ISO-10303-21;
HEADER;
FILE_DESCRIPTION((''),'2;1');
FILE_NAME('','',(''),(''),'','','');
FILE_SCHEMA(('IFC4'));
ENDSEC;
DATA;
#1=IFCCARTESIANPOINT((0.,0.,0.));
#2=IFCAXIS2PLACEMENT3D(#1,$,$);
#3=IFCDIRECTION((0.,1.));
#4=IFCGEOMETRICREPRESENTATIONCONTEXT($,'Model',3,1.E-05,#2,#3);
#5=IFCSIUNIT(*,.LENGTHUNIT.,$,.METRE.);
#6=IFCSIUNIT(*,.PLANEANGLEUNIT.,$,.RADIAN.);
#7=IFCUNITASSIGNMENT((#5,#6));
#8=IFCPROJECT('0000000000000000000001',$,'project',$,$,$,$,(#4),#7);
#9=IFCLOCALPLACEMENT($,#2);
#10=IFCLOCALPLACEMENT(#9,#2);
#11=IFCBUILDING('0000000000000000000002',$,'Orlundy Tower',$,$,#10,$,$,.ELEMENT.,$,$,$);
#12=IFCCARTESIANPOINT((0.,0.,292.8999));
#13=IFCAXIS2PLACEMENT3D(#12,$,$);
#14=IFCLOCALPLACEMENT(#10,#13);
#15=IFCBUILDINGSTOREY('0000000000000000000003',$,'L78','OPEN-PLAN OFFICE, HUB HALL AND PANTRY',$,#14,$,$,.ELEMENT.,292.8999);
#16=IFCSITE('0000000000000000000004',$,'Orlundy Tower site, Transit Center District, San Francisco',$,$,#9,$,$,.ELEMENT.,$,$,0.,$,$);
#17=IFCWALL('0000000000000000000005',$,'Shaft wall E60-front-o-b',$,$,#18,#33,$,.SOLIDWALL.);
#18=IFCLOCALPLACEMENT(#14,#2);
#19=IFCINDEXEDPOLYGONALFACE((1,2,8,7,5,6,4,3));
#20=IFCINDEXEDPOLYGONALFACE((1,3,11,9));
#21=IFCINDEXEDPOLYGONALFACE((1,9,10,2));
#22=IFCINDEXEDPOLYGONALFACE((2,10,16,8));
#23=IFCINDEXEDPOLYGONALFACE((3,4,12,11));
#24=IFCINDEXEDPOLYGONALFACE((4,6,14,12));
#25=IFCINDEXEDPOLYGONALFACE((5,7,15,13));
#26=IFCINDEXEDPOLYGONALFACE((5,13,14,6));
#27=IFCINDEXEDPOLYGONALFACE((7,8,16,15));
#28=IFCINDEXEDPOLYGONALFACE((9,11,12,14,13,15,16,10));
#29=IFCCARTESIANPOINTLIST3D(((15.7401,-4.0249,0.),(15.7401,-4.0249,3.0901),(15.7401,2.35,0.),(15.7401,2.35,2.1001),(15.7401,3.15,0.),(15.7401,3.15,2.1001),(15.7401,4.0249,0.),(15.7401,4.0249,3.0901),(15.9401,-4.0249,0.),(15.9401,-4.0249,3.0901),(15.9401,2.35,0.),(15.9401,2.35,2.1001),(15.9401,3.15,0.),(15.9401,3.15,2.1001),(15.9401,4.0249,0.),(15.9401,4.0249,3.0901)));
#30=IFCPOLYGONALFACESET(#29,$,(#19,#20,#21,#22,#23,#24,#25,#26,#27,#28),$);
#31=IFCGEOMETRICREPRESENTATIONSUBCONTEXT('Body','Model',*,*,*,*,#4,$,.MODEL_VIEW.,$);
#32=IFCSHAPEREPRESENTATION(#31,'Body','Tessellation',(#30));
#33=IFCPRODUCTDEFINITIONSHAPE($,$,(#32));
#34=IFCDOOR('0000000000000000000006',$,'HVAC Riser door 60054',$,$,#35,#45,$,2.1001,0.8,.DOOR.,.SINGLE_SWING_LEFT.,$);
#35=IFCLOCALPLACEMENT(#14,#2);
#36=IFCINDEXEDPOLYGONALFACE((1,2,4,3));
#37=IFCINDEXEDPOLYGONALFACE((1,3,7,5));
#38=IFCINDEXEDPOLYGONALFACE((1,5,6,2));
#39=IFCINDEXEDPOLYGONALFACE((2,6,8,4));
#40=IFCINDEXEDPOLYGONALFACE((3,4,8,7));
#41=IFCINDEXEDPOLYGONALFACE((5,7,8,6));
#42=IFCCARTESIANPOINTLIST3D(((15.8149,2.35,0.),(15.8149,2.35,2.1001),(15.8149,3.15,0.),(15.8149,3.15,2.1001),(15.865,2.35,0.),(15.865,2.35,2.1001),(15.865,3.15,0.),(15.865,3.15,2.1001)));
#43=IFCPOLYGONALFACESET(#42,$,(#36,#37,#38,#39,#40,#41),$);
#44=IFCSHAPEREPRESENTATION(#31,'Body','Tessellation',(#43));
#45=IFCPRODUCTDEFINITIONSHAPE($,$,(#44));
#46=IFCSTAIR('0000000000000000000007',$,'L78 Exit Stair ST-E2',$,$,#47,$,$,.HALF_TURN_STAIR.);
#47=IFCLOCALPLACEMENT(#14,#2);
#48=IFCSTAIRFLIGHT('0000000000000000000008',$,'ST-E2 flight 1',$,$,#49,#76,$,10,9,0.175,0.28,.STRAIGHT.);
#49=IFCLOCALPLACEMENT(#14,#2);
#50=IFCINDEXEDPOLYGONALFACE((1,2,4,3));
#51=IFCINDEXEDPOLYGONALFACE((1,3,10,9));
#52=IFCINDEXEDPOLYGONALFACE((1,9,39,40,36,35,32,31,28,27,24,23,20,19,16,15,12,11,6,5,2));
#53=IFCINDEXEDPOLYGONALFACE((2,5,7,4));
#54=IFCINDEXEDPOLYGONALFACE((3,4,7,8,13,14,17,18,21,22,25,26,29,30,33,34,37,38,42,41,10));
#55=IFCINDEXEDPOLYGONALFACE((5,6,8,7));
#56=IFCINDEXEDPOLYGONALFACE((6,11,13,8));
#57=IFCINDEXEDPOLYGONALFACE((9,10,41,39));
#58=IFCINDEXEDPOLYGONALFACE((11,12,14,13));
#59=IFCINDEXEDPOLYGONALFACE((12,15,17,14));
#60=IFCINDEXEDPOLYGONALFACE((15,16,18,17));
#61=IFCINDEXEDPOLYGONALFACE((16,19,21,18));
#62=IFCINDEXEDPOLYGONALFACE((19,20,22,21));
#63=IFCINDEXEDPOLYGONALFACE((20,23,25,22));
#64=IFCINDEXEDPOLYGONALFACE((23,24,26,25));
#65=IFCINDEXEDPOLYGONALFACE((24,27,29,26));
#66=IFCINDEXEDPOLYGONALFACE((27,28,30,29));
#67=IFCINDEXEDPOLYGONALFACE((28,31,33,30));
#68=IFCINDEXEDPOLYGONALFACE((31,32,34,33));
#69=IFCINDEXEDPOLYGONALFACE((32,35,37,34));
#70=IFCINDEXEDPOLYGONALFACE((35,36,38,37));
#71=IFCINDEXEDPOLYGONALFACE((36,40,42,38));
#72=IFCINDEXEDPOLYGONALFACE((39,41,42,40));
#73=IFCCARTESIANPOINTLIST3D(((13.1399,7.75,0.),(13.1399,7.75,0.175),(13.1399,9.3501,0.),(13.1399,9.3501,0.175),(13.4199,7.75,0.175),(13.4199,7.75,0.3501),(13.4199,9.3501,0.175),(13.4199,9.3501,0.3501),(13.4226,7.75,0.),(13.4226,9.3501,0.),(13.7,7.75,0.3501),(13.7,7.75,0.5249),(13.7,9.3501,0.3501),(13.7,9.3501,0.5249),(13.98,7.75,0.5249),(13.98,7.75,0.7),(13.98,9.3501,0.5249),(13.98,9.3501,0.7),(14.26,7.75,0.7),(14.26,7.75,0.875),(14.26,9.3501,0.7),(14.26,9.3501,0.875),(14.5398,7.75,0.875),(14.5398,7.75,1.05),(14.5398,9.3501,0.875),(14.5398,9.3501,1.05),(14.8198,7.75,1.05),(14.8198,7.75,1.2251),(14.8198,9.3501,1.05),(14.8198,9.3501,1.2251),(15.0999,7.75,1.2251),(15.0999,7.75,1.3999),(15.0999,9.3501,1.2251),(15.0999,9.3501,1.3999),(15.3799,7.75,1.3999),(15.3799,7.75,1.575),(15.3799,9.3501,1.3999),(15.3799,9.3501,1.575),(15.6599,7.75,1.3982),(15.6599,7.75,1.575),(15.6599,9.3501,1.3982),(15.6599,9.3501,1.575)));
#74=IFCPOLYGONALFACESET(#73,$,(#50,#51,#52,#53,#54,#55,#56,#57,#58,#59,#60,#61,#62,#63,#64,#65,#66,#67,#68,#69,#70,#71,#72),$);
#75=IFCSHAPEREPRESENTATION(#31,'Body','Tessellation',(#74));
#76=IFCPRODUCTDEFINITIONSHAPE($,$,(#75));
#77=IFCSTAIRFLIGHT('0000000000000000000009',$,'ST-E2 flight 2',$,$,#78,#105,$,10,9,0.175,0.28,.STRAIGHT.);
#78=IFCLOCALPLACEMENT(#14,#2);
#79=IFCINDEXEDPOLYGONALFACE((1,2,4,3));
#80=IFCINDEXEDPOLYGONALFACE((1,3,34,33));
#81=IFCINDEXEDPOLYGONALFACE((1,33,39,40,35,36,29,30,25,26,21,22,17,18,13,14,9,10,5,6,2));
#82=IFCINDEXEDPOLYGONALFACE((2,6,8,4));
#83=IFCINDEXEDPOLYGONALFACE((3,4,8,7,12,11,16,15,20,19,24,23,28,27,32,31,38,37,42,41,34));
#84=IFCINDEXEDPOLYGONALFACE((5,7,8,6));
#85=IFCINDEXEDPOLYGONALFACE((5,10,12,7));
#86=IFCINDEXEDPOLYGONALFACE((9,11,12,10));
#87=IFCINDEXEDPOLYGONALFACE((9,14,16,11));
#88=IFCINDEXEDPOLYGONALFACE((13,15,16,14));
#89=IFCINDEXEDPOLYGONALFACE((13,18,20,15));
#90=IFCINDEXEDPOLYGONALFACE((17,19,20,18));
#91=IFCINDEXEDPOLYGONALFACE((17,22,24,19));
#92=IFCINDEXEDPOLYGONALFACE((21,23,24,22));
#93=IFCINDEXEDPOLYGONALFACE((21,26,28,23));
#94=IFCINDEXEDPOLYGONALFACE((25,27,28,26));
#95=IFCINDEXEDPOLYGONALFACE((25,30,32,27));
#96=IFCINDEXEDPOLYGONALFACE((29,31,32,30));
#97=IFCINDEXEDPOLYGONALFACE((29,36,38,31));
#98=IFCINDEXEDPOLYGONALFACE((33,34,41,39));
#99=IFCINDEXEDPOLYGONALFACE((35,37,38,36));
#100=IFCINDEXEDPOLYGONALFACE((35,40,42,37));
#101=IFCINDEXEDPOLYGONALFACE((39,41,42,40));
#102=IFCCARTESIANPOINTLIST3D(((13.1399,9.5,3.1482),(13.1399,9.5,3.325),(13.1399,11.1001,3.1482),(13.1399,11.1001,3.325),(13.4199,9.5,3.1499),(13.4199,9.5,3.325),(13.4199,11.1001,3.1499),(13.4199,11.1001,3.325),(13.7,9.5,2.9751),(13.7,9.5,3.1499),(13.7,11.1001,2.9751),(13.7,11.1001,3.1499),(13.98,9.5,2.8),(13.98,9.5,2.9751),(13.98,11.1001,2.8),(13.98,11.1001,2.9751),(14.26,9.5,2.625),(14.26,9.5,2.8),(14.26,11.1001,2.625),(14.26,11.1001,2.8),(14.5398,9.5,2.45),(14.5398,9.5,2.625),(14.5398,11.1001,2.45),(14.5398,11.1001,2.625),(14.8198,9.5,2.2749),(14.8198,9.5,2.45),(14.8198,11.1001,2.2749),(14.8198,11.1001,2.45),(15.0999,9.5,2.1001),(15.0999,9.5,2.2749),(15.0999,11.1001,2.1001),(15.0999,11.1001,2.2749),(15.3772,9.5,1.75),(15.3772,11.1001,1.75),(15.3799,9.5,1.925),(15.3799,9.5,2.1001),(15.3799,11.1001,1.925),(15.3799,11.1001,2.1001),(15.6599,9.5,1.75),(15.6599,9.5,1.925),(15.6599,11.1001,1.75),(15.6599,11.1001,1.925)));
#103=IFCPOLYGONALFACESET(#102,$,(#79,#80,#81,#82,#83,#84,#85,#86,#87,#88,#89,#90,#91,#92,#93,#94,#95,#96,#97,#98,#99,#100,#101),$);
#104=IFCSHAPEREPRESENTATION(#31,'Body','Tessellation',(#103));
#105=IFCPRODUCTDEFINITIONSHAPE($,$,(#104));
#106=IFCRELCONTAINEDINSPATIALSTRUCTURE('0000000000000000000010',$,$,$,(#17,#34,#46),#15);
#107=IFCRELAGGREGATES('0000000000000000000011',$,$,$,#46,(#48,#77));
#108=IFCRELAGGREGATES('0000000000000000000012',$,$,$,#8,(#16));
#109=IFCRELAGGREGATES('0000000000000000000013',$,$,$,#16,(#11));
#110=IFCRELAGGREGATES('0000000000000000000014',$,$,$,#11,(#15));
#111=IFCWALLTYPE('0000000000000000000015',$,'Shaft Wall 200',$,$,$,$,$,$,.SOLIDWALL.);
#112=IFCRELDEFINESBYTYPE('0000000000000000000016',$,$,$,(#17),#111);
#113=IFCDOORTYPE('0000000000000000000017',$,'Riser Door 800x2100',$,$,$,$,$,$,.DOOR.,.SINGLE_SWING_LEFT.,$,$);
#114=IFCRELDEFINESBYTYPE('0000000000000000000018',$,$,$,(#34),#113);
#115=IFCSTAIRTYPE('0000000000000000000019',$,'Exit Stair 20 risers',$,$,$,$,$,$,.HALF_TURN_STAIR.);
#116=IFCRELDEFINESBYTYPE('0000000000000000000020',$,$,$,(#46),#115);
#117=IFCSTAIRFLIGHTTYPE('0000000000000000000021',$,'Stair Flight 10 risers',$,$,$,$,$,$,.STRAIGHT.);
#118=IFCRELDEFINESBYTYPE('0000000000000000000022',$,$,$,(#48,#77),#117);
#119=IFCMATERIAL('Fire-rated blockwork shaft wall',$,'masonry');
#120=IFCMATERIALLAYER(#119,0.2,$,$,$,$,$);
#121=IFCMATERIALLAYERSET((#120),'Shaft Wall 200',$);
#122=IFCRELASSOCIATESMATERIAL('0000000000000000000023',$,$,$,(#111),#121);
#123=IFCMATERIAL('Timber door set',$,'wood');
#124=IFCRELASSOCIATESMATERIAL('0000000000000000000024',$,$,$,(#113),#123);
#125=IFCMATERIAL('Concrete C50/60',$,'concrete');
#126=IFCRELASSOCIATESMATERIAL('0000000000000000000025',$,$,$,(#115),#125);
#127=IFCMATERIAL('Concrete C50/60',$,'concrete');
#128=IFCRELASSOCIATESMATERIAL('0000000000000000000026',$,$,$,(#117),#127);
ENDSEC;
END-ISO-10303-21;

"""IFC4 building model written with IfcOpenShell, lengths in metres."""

from ifc_helpers import new_model, si_unit, direction, frame, frame_2d, origin, place, context, subcontext, project, spatial, polyline, rectangle, outline, extrude, material, layer, layer_set, type_object, element, fill, aggregate, save


model = new_model("IFC4")

# Units and contexts
model_context = context("Model", 3, precision=1e-05, world=origin(), true_north=direction((0.0, 1.0)))
body_context = subcontext(model_context, "Body", "Model", "MODEL_VIEW")
ifc_project = project(units=[si_unit("LENGTHUNIT", "METRE"), si_unit("PLANEANGLEUNIT", "RADIAN")], contexts=[model_context])

# Site, building, storey
site_placement = place(None, origin())
site = spatial("IfcSite", under=ifc_project, at=site_placement, Name="Orlundy Tower site, Transit Center District, San Francisco", CompositionType="ELEMENT", RefElevation=0.0)
building_placement = place(site_placement, origin())
building = spatial("IfcBuilding", under=site, at=building_placement, Name="Orlundy Tower", CompositionType="ELEMENT")
storey_placement = place(building_placement, frame((0.0, 0.0, 292.8999)))
storey = spatial("IfcBuildingStorey", under=building, at=storey_placement, Name="L78", Description="OPEN-PLAN OFFICE, HUB HALL AND PANTRY", CompositionType="ELEMENT", Elevation=292.8999)

# Shared definitions
ifc_material_1 = material(Name="Fire-rated blockwork shaft wall", Category="masonry")
ifc_layer_1 = layer(ifc_material_1, 0.2)
ifc_layer_set_1 = layer_set([ifc_layer_1], Name="Shaft Wall 200")
wall_type_1 = type_object("IfcWallType", Name="Shaft Wall 200", PredefinedType="SOLIDWALL", material=ifc_layer_set_1)

# Shared definitions
ifc_material_2 = material(Name="Timber door set", Category="wood")
door_type_1 = type_object("IfcDoorType", Name="Riser Door 800x2100", OperationType="SINGLE_SWING_LEFT", PredefinedType="DOOR", material=ifc_material_2)

# Wall, opening, door
wall_1_placement = place(storey_placement, frame((15.8401, 4.0249, 0.0), z_axis=(0.0, 0.0, 1.0), x_axis=(0.0, -1.0, 0.0)))
wall_1 = element("IfcWall", 1, at=wall_1_placement, inside=storey, type_object=wall_type_1, Name="Shaft wall E60-front-o-b", PredefinedType="SOLIDWALL", context=body_context, shape_type="SweptSolid", body=[
    extrude(rectangle(XDim=8.0498, YDim=0.2, at=frame_2d((4.0249, 0.0))), origin(), (0.0, 0.0, 1.0), 3.0901),
])
opening_1_placement = place(wall_1_placement, frame((0.875, 0.0, 0.0)))
opening_1 = element("IfcOpeningElement", 2, at=opening_1_placement, cuts=wall_1, PredefinedType="OPENING", context=body_context, shape_type="SweptSolid", body=[
    extrude(rectangle(XDim=0.8, YDim=2.1001, at=frame_2d((0.3999, 1.05))), frame((0.0, 0.1101, 0.0), z_axis=(0.0, -1.0, 0.0), x_axis=(1.0, 0.0, 0.0)), (0.0, 0.0, 1.0), 0.2202),
])
door_1_placement = place(opening_1_placement, origin())
door_1 = element("IfcDoor", 3, at=door_1_placement, inside=storey, type_object=door_type_1, Name="HVAC Riser door 60054", OperationType="SINGLE_SWING_LEFT", OverallHeight=2.1001, OverallWidth=0.8, PredefinedType="DOOR", context=body_context, shape_type="SweptSolid", body=[
    extrude(rectangle(XDim=0.8, YDim=2.1001, at=frame_2d((0.3999, 1.05))), frame((0.0, 0.0249, 0.0), z_axis=(0.0, -1.0, 0.0), x_axis=(1.0, 0.0, 0.0)), (0.0, 0.0, 1.0), 0.05),
])
fill(opening_1, door_1)

# Stair, stair flights
ifc_material_3 = material(Name="Concrete C50/60", Category="concrete")
stair_type = type_object("IfcStairType", Name="Exit Stair 20 risers", PredefinedType="HALF_TURN_STAIR", material=ifc_material_3)
stair_placement = place(storey_placement, origin())
stair = element("IfcStair", 4, at=stair_placement, inside=storey, type_object=stair_type, Name="L78 Exit Stair ST-E2", PredefinedType="HALF_TURN_STAIR")
ifc_material_4 = material(Name="Concrete C50/60", Category="concrete")
stair_flight_type = type_object("IfcStairFlightType", Name="Stair Flight 10 risers", PredefinedType="STRAIGHT", material=ifc_material_4)
stair_flight_1_placement = place(storey_placement, frame((13.1399, 8.55, 0.0), z_axis=(0.0, 0.0, 1.0), x_axis=(1.0, 0.0, 0.0)))
stair_flight_1 = element("IfcStairFlight", 5, at=stair_flight_1_placement, type_object=stair_flight_type, Name="ST-E2 flight 1", NumberOfRisers=10, NumberOfTreads=9, PredefinedType="STRAIGHT", RiserHeight=0.175, TreadLength=0.28, context=body_context, shape_type="SweptSolid", body=[
    extrude(outline(polyline([(0.0, 0.0), (0.0, 0.175), (0.28, 0.175), (0.28, 0.3501), (0.5601, 0.3501), (0.5601, 0.5249), (0.8401, 0.5249), (0.8401, 0.7), (1.1201, 0.7), (1.1201, 0.875), (1.3999, 0.875), (1.3999, 1.05), (1.6799, 1.05), (1.6799, 1.2251), (1.96, 1.2251), (1.96, 1.3999), (2.24, 1.3999), (2.24, 1.575), (2.52, 1.575), (2.52, 1.75), (2.52, 1.3982), (0.2827, 0.0), (0.0, 0.0)])), frame((0.0, 0.8, 0.0), z_axis=(0.0, -1.0, 0.0), x_axis=(1.0, 0.0, 0.0)), (0.0, 0.0, 1.0), 1.6001),
])
stair_flight_2_placement = place(storey_placement, frame((15.6599, 10.3, 1.75), z_axis=(0.0, 0.0, 1.0), x_axis=(-1.0, 0.0, 0.0)))
stair_flight_2 = element("IfcStairFlight", 6, at=stair_flight_2_placement, type_object=stair_flight_type, Name="ST-E2 flight 2", NumberOfRisers=10, NumberOfTreads=9, PredefinedType="STRAIGHT", RiserHeight=0.175, TreadLength=0.28, context=body_context, shape_type="SweptSolid", body=[
    extrude(outline(polyline([(0.0, 0.0), (0.0, 0.175), (0.28, 0.175), (0.28, 0.3501), (0.5601, 0.3501), (0.5601, 0.5249), (0.8401, 0.5249), (0.8401, 0.7), (1.1201, 0.7), (1.1201, 0.875), (1.3999, 0.875), (1.3999, 1.05), (1.6799, 1.05), (1.6799, 1.2251), (1.96, 1.2251), (1.96, 1.3999), (2.24, 1.3999), (2.24, 1.575), (2.52, 1.575), (2.52, 1.75), (2.52, 1.3982), (0.2827, 0.0), (0.0, 0.0)])), frame((0.0, 0.8, 0.0), z_axis=(0.0, -1.0, 0.0), x_axis=(1.0, 0.0, 0.0)), (0.0, 0.0, 1.0), 1.6001),
])
aggregate(stair, [stair_flight_1, stair_flight_2])

save(model, "model.ifc")
